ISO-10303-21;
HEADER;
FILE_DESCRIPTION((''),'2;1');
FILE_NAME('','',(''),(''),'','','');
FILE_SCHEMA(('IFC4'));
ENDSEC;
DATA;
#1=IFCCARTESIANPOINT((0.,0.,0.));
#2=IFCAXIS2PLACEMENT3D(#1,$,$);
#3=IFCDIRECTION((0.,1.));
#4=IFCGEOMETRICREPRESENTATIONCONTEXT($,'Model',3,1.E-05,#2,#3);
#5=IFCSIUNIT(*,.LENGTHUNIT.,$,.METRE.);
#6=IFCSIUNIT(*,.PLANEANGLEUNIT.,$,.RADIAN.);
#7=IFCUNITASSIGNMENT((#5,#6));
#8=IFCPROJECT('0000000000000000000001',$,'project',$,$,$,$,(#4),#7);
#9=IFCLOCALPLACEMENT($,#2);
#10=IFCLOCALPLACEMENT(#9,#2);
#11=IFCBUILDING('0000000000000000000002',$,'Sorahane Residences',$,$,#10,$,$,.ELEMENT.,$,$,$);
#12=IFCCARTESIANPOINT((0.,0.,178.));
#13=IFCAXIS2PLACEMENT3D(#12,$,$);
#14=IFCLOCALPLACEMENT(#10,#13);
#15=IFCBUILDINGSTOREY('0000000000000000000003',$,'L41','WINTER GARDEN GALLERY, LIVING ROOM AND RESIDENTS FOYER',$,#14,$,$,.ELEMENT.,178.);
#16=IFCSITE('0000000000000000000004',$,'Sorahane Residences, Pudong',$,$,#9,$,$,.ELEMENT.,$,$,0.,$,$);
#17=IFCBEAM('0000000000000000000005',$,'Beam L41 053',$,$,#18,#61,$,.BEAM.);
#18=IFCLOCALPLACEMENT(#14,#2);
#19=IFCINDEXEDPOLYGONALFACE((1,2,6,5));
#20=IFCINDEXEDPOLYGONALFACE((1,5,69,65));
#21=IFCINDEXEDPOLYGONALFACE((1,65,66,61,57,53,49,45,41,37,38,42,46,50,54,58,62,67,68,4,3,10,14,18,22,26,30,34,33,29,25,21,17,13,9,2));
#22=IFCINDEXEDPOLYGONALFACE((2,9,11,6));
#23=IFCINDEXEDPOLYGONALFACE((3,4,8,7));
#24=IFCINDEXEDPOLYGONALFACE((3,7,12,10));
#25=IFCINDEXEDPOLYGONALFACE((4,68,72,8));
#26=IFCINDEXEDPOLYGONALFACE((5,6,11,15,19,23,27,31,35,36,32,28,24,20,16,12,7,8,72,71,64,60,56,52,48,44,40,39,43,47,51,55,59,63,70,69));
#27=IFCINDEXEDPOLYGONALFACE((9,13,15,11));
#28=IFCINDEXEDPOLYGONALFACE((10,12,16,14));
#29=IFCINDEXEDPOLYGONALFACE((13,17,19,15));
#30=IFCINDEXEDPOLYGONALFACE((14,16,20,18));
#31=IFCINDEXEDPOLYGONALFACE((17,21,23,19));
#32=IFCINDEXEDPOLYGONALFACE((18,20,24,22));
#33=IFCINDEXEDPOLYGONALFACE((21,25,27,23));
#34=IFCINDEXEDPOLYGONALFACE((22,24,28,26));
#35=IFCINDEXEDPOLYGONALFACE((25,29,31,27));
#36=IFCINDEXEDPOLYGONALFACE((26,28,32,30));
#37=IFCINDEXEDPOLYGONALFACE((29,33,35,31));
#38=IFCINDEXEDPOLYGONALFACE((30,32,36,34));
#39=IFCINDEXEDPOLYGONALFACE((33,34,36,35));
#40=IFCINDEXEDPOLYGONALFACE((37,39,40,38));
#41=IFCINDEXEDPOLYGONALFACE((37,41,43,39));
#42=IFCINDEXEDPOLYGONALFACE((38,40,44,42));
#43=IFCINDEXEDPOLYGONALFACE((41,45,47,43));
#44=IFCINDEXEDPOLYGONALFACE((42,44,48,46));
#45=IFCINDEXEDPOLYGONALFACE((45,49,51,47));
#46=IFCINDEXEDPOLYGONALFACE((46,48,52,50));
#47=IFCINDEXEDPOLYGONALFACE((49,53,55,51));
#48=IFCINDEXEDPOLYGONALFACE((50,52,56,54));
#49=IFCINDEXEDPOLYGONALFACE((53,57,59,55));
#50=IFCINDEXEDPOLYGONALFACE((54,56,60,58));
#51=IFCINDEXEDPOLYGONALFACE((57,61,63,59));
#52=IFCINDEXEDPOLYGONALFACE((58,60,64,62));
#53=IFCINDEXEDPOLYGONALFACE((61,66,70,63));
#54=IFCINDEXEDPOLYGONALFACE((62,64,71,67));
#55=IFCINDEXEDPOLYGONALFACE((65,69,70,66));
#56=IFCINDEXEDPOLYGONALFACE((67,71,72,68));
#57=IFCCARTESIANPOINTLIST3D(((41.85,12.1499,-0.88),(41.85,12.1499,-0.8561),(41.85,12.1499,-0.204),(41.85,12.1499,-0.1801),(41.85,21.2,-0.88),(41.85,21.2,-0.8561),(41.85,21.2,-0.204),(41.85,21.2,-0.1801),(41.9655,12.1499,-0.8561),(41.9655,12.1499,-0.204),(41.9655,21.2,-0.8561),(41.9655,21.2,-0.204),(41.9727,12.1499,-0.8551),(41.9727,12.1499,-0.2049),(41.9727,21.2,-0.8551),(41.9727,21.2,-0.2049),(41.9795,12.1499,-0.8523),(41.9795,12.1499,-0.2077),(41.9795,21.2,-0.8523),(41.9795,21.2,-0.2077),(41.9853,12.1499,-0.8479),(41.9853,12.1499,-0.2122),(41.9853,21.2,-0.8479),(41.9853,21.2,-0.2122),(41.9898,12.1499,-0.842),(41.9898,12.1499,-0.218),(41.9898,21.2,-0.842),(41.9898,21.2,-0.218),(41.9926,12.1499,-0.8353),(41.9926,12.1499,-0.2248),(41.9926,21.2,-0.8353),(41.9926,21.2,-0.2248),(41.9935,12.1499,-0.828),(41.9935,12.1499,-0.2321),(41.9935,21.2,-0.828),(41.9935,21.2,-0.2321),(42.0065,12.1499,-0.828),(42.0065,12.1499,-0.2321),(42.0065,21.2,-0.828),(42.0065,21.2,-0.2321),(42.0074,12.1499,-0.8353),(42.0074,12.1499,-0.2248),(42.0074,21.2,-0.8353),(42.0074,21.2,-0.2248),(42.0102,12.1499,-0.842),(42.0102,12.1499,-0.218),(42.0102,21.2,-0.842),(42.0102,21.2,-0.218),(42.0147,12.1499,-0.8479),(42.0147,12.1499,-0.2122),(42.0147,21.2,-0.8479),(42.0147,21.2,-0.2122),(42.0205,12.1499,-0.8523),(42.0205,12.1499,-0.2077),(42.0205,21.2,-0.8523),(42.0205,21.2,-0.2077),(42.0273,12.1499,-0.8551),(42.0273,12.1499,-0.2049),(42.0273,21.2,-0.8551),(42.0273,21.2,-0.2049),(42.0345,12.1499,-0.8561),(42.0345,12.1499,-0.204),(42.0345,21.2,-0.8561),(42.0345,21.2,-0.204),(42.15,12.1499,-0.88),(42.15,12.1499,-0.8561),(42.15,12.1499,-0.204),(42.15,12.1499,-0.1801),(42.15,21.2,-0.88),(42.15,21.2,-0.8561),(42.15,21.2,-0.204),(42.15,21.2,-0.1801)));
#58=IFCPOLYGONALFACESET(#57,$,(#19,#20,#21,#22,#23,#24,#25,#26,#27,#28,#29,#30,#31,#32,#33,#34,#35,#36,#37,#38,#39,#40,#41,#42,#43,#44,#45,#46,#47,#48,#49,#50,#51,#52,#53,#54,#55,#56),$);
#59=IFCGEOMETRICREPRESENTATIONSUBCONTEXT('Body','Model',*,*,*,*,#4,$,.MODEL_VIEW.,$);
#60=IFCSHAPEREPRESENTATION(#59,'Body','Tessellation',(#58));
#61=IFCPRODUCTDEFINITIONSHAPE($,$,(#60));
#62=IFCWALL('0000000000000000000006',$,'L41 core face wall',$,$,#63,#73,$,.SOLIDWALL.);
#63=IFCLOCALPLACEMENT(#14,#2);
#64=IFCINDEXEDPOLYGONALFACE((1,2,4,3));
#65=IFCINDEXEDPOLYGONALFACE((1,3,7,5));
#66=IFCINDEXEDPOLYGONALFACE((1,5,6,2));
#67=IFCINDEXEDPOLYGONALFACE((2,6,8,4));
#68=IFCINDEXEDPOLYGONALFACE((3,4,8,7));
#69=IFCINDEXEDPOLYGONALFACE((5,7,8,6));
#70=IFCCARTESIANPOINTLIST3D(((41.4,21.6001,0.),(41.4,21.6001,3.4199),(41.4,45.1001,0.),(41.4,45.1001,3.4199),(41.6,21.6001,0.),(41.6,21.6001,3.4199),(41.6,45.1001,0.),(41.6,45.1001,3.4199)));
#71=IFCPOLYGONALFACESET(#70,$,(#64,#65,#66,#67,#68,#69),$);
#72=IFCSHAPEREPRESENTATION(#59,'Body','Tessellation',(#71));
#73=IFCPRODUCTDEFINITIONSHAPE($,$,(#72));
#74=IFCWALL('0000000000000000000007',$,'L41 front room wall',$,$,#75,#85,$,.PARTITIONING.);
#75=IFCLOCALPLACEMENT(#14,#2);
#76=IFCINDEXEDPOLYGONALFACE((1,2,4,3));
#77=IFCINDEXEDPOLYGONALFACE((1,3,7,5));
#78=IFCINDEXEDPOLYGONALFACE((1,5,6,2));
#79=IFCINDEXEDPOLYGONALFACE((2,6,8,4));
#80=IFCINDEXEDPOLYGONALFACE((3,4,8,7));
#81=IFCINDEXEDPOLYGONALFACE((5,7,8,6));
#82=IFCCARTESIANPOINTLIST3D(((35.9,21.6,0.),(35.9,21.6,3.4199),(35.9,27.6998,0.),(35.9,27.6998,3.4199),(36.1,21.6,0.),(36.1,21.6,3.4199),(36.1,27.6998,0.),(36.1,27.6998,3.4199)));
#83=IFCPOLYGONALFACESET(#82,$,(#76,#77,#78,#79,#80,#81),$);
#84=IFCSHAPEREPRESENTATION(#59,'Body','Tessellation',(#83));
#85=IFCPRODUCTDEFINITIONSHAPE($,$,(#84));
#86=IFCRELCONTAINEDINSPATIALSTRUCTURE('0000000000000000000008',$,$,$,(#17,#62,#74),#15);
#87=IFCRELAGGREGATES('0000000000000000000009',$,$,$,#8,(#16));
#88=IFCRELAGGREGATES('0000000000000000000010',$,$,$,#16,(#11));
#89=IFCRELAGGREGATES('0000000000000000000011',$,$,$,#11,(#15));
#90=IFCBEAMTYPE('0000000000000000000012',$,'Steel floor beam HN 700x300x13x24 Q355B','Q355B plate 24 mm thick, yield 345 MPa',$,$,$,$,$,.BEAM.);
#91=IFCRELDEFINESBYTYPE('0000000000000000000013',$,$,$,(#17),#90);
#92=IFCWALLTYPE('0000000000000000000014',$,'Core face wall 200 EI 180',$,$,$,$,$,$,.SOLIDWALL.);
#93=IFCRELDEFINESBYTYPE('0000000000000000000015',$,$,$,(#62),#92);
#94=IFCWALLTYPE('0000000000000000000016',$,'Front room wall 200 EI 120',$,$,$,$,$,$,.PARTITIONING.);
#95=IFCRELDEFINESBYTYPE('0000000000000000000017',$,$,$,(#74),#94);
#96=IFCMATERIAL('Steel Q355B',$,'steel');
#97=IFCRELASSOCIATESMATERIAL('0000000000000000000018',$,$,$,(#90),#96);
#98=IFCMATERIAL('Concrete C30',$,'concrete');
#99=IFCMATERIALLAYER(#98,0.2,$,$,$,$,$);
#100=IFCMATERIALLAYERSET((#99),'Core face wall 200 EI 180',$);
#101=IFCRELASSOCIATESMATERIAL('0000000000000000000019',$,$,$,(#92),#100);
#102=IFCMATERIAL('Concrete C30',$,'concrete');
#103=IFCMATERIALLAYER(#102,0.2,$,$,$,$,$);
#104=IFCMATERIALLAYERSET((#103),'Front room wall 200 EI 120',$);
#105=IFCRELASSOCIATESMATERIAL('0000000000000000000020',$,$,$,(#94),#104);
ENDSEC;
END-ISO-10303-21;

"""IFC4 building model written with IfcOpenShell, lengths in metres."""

from ifc_helpers import new_model, si_unit, direction, frame, frame_2d, origin, origin_2d, place, context, subcontext, project, spatial, rectangle, i_section, extrude, material, layer, layer_set, material_profile, profile_set, type_object, element, save


model = new_model("IFC4")

# Units and contexts
model_context = context("Model", 3, precision=1e-05, world=origin(), true_north=direction((0.0, 1.0)))
body_context = subcontext(model_context, "Body", "Model", "MODEL_VIEW")
ifc_project = project(units=[si_unit("LENGTHUNIT", "METRE"), si_unit("PLANEANGLEUNIT", "RADIAN")], contexts=[model_context])

# Site, building, storey
site_placement = place(None, origin())
site = spatial("IfcSite", under=ifc_project, at=site_placement, Name="Sorahane Residences, Pudong", CompositionType="ELEMENT", RefElevation=0.0)
building_placement = place(site_placement, origin())
building = spatial("IfcBuilding", under=site, at=building_placement, Name="Sorahane Residences", CompositionType="ELEMENT")
storey_placement = place(building_placement, frame((0.0, 0.0, 178.0)))
storey = spatial("IfcBuildingStorey", under=building, at=storey_placement, Name="L41", Description="WINTER GARDEN GALLERY, LIVING ROOM AND RESIDENTS FOYER", CompositionType="ELEMENT", Elevation=178.0)

# Beam
ifc_material_1 = material(Name="Steel Q355B", Category="steel")
ifc_material_profile_1 = material_profile(ifc_material_1, i_section(OverallWidth=0.3, OverallDepth=0.7, WebThickness=0.0129, FlangeThickness=0.0239, FilletRadius=0.0281, at=origin_2d()), Name="HN 700x300x13x24")
ifc_profile_set_1 = profile_set([ifc_material_profile_1], Name="Steel Q355B")
beam_type_1 = type_object("IfcBeamType", Name="Steel floor beam HN 700x300x13x24 Q355B", Description="Q355B plate 24 mm thick, yield 345 MPa", PredefinedType="BEAM", material=ifc_profile_set_1)
beam_1_placement = place(storey_placement, frame((42.0, 12.1499, -0.53), z_axis=(0.0, 1.0, 0.0), x_axis=(-1.0, 0.0, 0.0)))
element("IfcBeam", 1, at=beam_1_placement, inside=storey, type_object=beam_type_1, Name="Beam L41 053", PredefinedType="BEAM", context=body_context, shape_type="SweptSolid", body=[
    extrude(i_section(OverallWidth=0.3, OverallDepth=0.7, WebThickness=0.0129, FlangeThickness=0.0239, FilletRadius=0.0281, at=origin_2d()), origin(), (0.0, 0.0, 1.0), 9.05),
])

# Walls
ifc_material_2 = material(Name="Concrete C30", Category="concrete")
ifc_layer_1 = layer(ifc_material_2, 0.2)
ifc_layer_set_1 = layer_set([ifc_layer_1], Name="Core face wall 200 EI 180")
wall_type_1 = type_object("IfcWallType", Name="Core face wall 200 EI 180", PredefinedType="SOLIDWALL", material=ifc_layer_set_1)
wall_1_placement = place(storey_placement, frame((41.5, 21.6001, 0.0), z_axis=(0.0, 0.0, 1.0), x_axis=(0.0, 1.0, 0.0)))
element("IfcWall", 2, at=wall_1_placement, inside=storey, type_object=wall_type_1, Name="L41 core face wall", PredefinedType="SOLIDWALL", context=body_context, shape_type="SweptSolid", body=[
    extrude(rectangle(XDim=23.5, YDim=0.2, at=frame_2d((11.75, 0.0))), origin(), (0.0, 0.0, 1.0), 3.4199),
])
ifc_material_3 = material(Name="Concrete C30", Category="concrete")
ifc_layer_2 = layer(ifc_material_3, 0.2)
ifc_layer_set_2 = layer_set([ifc_layer_2], Name="Front room wall 200 EI 120")
wall_type_2 = type_object("IfcWallType", Name="Front room wall 200 EI 120", PredefinedType="PARTITIONING", material=ifc_layer_set_2)
wall_2_placement = place(storey_placement, frame((36.0, 21.6001, 0.0), z_axis=(0.0, 0.0, 1.0), x_axis=(0.0, 1.0, 0.0)))
element("IfcWall", 3, at=wall_2_placement, inside=storey, type_object=wall_type_2, Name="L41 front room wall", PredefinedType="PARTITIONING", context=body_context, shape_type="SweptSolid", body=[
    extrude(rectangle(XDim=6.0999, YDim=0.2, at=frame_2d((3.0498, 0.0))), origin(), (0.0, 0.0, 1.0), 3.4199),
])

save(model, "model.ifc")
